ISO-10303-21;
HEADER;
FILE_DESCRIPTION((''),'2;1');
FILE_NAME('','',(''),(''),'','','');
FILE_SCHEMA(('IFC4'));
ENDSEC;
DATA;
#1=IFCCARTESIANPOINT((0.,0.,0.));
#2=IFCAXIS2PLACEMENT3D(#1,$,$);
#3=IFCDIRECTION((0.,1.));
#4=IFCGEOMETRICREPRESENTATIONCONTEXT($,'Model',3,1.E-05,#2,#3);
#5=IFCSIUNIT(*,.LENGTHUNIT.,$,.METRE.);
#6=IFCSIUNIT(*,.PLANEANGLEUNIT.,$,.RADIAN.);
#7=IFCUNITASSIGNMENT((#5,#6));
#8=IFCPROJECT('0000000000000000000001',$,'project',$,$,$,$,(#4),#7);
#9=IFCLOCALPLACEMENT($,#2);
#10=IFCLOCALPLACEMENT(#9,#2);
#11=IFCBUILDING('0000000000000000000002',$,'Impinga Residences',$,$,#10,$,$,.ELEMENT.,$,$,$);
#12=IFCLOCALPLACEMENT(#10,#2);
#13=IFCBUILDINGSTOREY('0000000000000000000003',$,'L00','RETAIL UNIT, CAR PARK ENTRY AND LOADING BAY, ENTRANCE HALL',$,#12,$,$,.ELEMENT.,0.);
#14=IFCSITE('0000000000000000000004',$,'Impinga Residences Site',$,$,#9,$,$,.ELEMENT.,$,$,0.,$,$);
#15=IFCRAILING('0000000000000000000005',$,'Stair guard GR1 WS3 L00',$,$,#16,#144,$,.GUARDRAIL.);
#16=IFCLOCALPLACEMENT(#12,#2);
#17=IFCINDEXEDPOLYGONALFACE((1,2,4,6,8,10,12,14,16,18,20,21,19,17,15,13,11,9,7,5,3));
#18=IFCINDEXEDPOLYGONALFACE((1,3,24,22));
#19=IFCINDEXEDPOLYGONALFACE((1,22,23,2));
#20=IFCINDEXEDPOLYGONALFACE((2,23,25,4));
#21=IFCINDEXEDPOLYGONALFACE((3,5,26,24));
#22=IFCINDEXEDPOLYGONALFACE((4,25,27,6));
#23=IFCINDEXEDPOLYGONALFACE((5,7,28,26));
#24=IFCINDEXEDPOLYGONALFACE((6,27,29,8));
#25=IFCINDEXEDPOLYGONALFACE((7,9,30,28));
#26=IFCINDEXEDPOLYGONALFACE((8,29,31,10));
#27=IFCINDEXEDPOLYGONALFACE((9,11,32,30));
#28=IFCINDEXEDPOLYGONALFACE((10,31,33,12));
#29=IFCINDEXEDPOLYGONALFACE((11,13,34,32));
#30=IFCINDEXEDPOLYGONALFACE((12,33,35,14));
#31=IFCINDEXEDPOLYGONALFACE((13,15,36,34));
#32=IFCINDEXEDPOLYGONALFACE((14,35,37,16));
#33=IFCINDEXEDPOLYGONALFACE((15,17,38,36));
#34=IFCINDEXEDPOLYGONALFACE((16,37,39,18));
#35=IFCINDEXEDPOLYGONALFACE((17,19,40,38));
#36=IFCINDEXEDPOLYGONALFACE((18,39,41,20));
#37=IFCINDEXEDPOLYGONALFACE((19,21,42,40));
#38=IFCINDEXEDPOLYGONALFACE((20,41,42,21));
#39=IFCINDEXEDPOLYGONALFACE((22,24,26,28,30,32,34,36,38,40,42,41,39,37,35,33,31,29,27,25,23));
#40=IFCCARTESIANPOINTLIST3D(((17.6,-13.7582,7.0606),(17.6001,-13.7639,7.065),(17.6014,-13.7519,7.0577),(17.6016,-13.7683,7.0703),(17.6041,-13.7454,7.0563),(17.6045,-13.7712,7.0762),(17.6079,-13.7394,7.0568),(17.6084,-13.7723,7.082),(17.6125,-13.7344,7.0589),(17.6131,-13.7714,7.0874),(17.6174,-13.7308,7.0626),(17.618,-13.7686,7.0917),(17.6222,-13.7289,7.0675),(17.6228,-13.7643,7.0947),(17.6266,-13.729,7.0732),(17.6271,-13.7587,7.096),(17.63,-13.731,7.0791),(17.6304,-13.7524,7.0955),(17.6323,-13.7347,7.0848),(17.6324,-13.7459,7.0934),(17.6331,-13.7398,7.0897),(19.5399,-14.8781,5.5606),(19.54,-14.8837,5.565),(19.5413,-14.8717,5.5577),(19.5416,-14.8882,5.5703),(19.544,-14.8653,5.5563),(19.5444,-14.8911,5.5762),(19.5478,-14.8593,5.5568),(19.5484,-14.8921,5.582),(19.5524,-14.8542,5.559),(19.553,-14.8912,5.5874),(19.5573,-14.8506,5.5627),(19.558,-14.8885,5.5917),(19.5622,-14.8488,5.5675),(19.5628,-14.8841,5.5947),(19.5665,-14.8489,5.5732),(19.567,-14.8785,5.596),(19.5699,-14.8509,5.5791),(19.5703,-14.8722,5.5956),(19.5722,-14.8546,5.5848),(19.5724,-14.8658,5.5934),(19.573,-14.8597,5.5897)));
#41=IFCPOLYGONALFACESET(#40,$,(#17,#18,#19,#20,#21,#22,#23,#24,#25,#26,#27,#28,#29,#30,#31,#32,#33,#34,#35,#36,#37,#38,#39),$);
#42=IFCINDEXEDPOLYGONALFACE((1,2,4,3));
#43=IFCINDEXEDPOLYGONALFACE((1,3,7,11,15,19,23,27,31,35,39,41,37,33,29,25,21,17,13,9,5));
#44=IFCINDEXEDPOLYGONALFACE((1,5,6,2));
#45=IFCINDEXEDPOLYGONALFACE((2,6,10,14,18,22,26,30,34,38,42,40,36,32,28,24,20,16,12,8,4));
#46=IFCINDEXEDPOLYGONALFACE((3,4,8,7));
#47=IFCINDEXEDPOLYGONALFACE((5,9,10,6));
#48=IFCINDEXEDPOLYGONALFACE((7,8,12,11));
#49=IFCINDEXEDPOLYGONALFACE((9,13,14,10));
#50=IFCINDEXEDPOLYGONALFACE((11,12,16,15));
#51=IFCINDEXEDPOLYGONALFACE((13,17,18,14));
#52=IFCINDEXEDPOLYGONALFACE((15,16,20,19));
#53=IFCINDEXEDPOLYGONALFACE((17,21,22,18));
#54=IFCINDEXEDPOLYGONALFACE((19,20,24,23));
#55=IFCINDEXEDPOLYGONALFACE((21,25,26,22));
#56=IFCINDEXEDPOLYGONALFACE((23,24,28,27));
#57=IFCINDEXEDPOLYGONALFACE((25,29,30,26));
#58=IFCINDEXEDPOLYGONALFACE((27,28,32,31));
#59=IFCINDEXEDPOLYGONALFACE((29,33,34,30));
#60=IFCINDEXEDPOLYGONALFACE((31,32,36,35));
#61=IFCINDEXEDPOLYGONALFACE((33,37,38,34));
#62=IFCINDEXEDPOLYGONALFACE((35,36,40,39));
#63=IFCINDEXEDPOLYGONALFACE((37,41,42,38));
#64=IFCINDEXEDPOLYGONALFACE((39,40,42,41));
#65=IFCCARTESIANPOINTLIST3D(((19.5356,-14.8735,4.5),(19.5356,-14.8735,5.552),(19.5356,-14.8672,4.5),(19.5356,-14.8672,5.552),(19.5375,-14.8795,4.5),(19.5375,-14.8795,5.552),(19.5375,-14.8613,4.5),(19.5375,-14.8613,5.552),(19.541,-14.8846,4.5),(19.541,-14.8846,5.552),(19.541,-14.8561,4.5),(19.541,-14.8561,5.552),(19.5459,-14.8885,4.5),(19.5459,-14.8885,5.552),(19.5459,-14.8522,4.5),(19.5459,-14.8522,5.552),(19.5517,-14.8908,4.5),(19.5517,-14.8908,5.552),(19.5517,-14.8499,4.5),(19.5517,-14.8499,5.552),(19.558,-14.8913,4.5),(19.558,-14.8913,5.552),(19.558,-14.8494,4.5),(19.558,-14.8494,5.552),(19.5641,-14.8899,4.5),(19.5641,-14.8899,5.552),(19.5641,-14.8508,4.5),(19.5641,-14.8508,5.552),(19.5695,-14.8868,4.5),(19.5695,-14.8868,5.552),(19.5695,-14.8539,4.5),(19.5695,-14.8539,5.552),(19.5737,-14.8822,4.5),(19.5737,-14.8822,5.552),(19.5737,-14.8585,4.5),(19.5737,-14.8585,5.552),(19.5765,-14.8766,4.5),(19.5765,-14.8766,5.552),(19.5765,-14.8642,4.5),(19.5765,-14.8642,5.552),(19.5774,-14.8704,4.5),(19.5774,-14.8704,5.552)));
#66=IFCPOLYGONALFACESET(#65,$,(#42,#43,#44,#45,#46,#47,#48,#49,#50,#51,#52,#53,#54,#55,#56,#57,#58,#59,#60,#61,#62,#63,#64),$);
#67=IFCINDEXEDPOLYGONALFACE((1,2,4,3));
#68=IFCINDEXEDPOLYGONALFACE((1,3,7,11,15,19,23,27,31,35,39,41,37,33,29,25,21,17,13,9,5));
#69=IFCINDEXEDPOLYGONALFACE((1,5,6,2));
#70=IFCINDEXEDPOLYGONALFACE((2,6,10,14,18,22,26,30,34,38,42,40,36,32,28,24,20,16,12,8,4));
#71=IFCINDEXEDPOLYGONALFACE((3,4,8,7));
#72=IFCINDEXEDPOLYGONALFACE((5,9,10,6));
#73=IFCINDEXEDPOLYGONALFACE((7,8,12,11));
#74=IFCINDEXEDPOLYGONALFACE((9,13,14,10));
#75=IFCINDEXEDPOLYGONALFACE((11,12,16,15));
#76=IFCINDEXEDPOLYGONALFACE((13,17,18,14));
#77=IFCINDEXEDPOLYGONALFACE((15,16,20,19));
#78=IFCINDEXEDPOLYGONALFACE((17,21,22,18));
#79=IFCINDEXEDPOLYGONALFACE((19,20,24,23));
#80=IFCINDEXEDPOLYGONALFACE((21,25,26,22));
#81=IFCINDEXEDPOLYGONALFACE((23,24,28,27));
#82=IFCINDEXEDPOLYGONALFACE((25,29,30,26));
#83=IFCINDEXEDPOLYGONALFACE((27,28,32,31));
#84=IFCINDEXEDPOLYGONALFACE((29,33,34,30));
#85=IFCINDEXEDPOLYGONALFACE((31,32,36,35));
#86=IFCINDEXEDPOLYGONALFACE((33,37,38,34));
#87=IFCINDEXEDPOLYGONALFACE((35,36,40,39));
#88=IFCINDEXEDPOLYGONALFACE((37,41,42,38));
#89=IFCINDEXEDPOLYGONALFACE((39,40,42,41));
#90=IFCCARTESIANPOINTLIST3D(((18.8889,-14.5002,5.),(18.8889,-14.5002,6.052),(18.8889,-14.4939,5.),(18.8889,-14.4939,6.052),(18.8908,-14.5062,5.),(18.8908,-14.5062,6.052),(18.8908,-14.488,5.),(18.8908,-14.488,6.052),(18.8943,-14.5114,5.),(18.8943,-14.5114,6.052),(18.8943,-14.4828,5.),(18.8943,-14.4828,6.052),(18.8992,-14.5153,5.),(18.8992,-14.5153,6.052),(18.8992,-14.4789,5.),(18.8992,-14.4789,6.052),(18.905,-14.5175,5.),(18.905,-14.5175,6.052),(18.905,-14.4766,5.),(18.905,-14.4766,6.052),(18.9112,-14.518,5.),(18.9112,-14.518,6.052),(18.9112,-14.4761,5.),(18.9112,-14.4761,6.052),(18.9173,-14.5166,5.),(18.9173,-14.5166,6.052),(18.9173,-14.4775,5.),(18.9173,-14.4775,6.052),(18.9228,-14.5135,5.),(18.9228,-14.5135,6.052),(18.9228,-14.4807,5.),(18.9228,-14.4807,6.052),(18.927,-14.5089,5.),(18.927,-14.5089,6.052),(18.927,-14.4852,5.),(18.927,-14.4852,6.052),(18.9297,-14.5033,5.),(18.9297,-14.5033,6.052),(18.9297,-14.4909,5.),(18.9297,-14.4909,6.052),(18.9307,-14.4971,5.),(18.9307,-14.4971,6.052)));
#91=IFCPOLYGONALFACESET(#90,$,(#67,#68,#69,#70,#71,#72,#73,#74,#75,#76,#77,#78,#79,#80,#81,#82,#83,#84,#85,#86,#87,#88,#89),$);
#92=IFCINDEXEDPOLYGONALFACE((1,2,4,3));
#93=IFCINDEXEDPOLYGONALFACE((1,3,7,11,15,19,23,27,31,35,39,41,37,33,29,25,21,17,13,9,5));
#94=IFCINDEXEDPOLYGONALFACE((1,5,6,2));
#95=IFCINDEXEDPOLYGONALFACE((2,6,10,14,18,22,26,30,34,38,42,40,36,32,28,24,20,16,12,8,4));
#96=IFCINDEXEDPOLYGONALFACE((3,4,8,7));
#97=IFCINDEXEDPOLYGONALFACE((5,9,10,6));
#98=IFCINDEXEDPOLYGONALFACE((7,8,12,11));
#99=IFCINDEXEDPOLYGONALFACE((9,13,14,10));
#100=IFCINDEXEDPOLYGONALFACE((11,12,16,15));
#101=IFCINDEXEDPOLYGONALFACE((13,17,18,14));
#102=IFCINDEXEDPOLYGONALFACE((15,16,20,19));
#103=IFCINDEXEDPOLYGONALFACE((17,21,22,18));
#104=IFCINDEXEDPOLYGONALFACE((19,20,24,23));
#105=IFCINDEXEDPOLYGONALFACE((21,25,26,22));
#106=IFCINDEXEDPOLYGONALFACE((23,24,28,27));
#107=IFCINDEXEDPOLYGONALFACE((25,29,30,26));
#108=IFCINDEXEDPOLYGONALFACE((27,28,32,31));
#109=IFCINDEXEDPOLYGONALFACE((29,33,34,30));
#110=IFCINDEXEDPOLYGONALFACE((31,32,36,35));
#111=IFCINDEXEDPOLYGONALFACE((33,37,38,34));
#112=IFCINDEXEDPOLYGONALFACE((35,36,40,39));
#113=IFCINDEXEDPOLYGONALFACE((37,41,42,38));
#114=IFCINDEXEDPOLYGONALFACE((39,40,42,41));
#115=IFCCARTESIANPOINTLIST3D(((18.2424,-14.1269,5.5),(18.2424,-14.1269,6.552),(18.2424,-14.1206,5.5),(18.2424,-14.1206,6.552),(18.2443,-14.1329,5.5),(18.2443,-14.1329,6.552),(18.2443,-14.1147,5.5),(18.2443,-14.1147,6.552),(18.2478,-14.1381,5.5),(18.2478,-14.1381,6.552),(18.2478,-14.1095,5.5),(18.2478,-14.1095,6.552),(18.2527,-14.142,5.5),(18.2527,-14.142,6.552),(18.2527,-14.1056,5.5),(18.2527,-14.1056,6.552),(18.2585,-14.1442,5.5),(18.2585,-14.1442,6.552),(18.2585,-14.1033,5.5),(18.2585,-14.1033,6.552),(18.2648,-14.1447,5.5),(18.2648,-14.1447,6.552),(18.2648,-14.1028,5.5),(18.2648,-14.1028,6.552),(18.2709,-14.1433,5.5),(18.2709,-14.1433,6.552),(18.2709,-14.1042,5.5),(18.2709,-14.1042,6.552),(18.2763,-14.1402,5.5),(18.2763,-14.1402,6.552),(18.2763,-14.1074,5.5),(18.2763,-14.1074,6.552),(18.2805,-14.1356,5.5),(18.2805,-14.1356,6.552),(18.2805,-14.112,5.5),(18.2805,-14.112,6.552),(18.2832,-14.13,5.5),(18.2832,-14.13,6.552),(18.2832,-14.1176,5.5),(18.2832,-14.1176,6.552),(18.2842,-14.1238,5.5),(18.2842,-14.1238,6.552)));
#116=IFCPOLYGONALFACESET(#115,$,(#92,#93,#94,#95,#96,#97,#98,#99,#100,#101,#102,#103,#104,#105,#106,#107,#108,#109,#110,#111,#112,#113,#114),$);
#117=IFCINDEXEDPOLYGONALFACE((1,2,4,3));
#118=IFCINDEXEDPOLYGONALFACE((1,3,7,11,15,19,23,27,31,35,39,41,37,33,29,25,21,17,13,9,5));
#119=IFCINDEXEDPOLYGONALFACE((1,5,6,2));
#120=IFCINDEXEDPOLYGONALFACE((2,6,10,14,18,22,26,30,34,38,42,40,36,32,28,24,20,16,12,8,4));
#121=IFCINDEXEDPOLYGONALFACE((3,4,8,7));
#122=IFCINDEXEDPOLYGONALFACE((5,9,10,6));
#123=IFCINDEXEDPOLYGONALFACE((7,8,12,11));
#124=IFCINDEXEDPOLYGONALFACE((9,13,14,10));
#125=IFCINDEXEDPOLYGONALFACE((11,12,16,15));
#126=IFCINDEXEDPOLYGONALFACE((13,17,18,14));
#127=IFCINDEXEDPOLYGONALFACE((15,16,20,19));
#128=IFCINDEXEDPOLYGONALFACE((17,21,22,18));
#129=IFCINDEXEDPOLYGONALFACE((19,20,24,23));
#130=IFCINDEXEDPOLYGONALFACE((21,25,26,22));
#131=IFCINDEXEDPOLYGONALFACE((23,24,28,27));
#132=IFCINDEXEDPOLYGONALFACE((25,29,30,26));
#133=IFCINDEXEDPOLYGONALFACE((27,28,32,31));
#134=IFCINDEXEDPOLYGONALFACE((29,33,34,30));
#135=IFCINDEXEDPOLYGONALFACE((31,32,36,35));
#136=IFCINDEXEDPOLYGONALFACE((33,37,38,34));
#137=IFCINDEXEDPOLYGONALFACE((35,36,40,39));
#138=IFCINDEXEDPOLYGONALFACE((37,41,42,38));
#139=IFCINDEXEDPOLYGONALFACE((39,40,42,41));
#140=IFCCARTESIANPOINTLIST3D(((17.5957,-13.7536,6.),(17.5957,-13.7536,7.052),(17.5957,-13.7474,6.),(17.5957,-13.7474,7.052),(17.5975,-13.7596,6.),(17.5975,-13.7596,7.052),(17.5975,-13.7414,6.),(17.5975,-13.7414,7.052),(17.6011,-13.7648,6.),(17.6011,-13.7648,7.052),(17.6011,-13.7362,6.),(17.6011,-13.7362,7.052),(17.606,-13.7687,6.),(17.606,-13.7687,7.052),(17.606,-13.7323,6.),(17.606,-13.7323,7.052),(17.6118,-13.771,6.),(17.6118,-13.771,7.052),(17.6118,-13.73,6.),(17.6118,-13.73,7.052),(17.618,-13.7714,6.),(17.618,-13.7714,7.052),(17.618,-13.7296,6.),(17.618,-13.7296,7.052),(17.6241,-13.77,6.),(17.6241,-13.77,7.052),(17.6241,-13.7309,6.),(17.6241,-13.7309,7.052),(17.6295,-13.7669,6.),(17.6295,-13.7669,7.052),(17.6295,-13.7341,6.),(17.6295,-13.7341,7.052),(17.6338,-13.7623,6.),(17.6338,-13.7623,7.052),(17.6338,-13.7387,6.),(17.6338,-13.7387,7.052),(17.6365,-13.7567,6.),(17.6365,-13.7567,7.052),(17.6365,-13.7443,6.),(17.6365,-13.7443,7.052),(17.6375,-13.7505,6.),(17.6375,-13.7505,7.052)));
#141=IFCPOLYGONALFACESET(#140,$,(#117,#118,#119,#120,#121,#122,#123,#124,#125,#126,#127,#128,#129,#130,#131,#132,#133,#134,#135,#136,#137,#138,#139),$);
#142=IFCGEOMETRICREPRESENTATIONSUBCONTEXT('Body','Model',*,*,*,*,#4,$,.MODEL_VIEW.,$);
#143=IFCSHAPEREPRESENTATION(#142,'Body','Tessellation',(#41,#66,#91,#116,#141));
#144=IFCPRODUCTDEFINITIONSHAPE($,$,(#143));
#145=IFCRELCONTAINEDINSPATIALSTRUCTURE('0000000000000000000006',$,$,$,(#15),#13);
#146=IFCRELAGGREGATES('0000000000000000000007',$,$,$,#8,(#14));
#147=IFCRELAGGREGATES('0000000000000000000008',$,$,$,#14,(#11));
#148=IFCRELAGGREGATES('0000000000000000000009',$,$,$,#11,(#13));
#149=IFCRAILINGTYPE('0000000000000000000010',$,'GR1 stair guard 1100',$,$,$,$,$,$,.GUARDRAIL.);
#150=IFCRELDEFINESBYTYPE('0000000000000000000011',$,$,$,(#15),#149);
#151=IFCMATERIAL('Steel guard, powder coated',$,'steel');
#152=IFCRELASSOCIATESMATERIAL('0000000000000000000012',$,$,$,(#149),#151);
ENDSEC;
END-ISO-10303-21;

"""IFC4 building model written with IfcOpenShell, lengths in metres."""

from ifc_helpers import new_model, si_unit, direction, frame, origin, origin_2d, place, context, subcontext, project, spatial, circle, extrude, material, type_object, element, save


model = new_model("IFC4")

# Units and contexts
model_context = context("Model", 3, precision=1e-05, world=origin(), true_north=direction((0.0, 1.0)))
body_context = subcontext(model_context, "Body", "Model", "MODEL_VIEW")
ifc_project = project(units=[si_unit("LENGTHUNIT", "METRE"), si_unit("PLANEANGLEUNIT", "RADIAN")], contexts=[model_context])

# Site, building, storey
site_placement = place(None, origin())
site = spatial("IfcSite", under=ifc_project, at=site_placement, Name="Impinga Residences Site", CompositionType="ELEMENT", RefElevation=0.0)
building_placement = place(site_placement, origin())
building = spatial("IfcBuilding", under=site, at=building_placement, Name="Impinga Residences", CompositionType="ELEMENT")
storey_placement = place(building_placement, origin())
storey = spatial("IfcBuildingStorey", under=building, at=storey_placement, Name="L00", Description="RETAIL UNIT, CAR PARK ENTRY AND LOADING BAY, ENTRANCE HALL", CompositionType="ELEMENT", Elevation=0.0)

# Railing
ifc_material_1 = material(Name="Steel guard, powder coated", Category="steel")
railing_type_1 = type_object("IfcRailingType", Name="GR1 stair guard 1100", PredefinedType="GUARDRAIL", material=ifc_material_1)
for number, where, name in (
    (1, (19.5564, -14.8704, 4.5), "Stair guard GR1 WS3 L00"),
):
    element("IfcRailing", number, at=place(storey_placement, frame(where)), inside=storey, type_object=railing_type_1, Name=name, PredefinedType="GUARDRAIL", context=body_context, shape_type="SweptSolid", body=[
        extrude(circle(Radius=0.0239, at=origin_2d()), frame((0.0, 0.0, 1.0762), z_axis=(-0.719609, 0.41541, 0.556415), x_axis=(-0.499949, -0.866055, 0.0)), (0.0, 0.0, 1.0), 2.6958),
        extrude(circle(Radius=0.021, at=origin_2d()), origin(), (0.0, 0.0, 1.0), 1.052),
        extrude(circle(Radius=0.021, at=origin_2d()), frame((-0.6467, 0.3733, 0.5)), (0.0, 0.0, 1.0), 1.052),
        extrude(circle(Radius=0.021, at=origin_2d()), frame((-1.2932, 0.7466, 1.0)), (0.0, 0.0, 1.0), 1.052),
        extrude(circle(Radius=0.021, at=origin_2d()), frame((-1.9399, 1.1199, 1.5)), (0.0, 0.0, 1.0), 1.052),
    ])

save(model, "model.ifc")
